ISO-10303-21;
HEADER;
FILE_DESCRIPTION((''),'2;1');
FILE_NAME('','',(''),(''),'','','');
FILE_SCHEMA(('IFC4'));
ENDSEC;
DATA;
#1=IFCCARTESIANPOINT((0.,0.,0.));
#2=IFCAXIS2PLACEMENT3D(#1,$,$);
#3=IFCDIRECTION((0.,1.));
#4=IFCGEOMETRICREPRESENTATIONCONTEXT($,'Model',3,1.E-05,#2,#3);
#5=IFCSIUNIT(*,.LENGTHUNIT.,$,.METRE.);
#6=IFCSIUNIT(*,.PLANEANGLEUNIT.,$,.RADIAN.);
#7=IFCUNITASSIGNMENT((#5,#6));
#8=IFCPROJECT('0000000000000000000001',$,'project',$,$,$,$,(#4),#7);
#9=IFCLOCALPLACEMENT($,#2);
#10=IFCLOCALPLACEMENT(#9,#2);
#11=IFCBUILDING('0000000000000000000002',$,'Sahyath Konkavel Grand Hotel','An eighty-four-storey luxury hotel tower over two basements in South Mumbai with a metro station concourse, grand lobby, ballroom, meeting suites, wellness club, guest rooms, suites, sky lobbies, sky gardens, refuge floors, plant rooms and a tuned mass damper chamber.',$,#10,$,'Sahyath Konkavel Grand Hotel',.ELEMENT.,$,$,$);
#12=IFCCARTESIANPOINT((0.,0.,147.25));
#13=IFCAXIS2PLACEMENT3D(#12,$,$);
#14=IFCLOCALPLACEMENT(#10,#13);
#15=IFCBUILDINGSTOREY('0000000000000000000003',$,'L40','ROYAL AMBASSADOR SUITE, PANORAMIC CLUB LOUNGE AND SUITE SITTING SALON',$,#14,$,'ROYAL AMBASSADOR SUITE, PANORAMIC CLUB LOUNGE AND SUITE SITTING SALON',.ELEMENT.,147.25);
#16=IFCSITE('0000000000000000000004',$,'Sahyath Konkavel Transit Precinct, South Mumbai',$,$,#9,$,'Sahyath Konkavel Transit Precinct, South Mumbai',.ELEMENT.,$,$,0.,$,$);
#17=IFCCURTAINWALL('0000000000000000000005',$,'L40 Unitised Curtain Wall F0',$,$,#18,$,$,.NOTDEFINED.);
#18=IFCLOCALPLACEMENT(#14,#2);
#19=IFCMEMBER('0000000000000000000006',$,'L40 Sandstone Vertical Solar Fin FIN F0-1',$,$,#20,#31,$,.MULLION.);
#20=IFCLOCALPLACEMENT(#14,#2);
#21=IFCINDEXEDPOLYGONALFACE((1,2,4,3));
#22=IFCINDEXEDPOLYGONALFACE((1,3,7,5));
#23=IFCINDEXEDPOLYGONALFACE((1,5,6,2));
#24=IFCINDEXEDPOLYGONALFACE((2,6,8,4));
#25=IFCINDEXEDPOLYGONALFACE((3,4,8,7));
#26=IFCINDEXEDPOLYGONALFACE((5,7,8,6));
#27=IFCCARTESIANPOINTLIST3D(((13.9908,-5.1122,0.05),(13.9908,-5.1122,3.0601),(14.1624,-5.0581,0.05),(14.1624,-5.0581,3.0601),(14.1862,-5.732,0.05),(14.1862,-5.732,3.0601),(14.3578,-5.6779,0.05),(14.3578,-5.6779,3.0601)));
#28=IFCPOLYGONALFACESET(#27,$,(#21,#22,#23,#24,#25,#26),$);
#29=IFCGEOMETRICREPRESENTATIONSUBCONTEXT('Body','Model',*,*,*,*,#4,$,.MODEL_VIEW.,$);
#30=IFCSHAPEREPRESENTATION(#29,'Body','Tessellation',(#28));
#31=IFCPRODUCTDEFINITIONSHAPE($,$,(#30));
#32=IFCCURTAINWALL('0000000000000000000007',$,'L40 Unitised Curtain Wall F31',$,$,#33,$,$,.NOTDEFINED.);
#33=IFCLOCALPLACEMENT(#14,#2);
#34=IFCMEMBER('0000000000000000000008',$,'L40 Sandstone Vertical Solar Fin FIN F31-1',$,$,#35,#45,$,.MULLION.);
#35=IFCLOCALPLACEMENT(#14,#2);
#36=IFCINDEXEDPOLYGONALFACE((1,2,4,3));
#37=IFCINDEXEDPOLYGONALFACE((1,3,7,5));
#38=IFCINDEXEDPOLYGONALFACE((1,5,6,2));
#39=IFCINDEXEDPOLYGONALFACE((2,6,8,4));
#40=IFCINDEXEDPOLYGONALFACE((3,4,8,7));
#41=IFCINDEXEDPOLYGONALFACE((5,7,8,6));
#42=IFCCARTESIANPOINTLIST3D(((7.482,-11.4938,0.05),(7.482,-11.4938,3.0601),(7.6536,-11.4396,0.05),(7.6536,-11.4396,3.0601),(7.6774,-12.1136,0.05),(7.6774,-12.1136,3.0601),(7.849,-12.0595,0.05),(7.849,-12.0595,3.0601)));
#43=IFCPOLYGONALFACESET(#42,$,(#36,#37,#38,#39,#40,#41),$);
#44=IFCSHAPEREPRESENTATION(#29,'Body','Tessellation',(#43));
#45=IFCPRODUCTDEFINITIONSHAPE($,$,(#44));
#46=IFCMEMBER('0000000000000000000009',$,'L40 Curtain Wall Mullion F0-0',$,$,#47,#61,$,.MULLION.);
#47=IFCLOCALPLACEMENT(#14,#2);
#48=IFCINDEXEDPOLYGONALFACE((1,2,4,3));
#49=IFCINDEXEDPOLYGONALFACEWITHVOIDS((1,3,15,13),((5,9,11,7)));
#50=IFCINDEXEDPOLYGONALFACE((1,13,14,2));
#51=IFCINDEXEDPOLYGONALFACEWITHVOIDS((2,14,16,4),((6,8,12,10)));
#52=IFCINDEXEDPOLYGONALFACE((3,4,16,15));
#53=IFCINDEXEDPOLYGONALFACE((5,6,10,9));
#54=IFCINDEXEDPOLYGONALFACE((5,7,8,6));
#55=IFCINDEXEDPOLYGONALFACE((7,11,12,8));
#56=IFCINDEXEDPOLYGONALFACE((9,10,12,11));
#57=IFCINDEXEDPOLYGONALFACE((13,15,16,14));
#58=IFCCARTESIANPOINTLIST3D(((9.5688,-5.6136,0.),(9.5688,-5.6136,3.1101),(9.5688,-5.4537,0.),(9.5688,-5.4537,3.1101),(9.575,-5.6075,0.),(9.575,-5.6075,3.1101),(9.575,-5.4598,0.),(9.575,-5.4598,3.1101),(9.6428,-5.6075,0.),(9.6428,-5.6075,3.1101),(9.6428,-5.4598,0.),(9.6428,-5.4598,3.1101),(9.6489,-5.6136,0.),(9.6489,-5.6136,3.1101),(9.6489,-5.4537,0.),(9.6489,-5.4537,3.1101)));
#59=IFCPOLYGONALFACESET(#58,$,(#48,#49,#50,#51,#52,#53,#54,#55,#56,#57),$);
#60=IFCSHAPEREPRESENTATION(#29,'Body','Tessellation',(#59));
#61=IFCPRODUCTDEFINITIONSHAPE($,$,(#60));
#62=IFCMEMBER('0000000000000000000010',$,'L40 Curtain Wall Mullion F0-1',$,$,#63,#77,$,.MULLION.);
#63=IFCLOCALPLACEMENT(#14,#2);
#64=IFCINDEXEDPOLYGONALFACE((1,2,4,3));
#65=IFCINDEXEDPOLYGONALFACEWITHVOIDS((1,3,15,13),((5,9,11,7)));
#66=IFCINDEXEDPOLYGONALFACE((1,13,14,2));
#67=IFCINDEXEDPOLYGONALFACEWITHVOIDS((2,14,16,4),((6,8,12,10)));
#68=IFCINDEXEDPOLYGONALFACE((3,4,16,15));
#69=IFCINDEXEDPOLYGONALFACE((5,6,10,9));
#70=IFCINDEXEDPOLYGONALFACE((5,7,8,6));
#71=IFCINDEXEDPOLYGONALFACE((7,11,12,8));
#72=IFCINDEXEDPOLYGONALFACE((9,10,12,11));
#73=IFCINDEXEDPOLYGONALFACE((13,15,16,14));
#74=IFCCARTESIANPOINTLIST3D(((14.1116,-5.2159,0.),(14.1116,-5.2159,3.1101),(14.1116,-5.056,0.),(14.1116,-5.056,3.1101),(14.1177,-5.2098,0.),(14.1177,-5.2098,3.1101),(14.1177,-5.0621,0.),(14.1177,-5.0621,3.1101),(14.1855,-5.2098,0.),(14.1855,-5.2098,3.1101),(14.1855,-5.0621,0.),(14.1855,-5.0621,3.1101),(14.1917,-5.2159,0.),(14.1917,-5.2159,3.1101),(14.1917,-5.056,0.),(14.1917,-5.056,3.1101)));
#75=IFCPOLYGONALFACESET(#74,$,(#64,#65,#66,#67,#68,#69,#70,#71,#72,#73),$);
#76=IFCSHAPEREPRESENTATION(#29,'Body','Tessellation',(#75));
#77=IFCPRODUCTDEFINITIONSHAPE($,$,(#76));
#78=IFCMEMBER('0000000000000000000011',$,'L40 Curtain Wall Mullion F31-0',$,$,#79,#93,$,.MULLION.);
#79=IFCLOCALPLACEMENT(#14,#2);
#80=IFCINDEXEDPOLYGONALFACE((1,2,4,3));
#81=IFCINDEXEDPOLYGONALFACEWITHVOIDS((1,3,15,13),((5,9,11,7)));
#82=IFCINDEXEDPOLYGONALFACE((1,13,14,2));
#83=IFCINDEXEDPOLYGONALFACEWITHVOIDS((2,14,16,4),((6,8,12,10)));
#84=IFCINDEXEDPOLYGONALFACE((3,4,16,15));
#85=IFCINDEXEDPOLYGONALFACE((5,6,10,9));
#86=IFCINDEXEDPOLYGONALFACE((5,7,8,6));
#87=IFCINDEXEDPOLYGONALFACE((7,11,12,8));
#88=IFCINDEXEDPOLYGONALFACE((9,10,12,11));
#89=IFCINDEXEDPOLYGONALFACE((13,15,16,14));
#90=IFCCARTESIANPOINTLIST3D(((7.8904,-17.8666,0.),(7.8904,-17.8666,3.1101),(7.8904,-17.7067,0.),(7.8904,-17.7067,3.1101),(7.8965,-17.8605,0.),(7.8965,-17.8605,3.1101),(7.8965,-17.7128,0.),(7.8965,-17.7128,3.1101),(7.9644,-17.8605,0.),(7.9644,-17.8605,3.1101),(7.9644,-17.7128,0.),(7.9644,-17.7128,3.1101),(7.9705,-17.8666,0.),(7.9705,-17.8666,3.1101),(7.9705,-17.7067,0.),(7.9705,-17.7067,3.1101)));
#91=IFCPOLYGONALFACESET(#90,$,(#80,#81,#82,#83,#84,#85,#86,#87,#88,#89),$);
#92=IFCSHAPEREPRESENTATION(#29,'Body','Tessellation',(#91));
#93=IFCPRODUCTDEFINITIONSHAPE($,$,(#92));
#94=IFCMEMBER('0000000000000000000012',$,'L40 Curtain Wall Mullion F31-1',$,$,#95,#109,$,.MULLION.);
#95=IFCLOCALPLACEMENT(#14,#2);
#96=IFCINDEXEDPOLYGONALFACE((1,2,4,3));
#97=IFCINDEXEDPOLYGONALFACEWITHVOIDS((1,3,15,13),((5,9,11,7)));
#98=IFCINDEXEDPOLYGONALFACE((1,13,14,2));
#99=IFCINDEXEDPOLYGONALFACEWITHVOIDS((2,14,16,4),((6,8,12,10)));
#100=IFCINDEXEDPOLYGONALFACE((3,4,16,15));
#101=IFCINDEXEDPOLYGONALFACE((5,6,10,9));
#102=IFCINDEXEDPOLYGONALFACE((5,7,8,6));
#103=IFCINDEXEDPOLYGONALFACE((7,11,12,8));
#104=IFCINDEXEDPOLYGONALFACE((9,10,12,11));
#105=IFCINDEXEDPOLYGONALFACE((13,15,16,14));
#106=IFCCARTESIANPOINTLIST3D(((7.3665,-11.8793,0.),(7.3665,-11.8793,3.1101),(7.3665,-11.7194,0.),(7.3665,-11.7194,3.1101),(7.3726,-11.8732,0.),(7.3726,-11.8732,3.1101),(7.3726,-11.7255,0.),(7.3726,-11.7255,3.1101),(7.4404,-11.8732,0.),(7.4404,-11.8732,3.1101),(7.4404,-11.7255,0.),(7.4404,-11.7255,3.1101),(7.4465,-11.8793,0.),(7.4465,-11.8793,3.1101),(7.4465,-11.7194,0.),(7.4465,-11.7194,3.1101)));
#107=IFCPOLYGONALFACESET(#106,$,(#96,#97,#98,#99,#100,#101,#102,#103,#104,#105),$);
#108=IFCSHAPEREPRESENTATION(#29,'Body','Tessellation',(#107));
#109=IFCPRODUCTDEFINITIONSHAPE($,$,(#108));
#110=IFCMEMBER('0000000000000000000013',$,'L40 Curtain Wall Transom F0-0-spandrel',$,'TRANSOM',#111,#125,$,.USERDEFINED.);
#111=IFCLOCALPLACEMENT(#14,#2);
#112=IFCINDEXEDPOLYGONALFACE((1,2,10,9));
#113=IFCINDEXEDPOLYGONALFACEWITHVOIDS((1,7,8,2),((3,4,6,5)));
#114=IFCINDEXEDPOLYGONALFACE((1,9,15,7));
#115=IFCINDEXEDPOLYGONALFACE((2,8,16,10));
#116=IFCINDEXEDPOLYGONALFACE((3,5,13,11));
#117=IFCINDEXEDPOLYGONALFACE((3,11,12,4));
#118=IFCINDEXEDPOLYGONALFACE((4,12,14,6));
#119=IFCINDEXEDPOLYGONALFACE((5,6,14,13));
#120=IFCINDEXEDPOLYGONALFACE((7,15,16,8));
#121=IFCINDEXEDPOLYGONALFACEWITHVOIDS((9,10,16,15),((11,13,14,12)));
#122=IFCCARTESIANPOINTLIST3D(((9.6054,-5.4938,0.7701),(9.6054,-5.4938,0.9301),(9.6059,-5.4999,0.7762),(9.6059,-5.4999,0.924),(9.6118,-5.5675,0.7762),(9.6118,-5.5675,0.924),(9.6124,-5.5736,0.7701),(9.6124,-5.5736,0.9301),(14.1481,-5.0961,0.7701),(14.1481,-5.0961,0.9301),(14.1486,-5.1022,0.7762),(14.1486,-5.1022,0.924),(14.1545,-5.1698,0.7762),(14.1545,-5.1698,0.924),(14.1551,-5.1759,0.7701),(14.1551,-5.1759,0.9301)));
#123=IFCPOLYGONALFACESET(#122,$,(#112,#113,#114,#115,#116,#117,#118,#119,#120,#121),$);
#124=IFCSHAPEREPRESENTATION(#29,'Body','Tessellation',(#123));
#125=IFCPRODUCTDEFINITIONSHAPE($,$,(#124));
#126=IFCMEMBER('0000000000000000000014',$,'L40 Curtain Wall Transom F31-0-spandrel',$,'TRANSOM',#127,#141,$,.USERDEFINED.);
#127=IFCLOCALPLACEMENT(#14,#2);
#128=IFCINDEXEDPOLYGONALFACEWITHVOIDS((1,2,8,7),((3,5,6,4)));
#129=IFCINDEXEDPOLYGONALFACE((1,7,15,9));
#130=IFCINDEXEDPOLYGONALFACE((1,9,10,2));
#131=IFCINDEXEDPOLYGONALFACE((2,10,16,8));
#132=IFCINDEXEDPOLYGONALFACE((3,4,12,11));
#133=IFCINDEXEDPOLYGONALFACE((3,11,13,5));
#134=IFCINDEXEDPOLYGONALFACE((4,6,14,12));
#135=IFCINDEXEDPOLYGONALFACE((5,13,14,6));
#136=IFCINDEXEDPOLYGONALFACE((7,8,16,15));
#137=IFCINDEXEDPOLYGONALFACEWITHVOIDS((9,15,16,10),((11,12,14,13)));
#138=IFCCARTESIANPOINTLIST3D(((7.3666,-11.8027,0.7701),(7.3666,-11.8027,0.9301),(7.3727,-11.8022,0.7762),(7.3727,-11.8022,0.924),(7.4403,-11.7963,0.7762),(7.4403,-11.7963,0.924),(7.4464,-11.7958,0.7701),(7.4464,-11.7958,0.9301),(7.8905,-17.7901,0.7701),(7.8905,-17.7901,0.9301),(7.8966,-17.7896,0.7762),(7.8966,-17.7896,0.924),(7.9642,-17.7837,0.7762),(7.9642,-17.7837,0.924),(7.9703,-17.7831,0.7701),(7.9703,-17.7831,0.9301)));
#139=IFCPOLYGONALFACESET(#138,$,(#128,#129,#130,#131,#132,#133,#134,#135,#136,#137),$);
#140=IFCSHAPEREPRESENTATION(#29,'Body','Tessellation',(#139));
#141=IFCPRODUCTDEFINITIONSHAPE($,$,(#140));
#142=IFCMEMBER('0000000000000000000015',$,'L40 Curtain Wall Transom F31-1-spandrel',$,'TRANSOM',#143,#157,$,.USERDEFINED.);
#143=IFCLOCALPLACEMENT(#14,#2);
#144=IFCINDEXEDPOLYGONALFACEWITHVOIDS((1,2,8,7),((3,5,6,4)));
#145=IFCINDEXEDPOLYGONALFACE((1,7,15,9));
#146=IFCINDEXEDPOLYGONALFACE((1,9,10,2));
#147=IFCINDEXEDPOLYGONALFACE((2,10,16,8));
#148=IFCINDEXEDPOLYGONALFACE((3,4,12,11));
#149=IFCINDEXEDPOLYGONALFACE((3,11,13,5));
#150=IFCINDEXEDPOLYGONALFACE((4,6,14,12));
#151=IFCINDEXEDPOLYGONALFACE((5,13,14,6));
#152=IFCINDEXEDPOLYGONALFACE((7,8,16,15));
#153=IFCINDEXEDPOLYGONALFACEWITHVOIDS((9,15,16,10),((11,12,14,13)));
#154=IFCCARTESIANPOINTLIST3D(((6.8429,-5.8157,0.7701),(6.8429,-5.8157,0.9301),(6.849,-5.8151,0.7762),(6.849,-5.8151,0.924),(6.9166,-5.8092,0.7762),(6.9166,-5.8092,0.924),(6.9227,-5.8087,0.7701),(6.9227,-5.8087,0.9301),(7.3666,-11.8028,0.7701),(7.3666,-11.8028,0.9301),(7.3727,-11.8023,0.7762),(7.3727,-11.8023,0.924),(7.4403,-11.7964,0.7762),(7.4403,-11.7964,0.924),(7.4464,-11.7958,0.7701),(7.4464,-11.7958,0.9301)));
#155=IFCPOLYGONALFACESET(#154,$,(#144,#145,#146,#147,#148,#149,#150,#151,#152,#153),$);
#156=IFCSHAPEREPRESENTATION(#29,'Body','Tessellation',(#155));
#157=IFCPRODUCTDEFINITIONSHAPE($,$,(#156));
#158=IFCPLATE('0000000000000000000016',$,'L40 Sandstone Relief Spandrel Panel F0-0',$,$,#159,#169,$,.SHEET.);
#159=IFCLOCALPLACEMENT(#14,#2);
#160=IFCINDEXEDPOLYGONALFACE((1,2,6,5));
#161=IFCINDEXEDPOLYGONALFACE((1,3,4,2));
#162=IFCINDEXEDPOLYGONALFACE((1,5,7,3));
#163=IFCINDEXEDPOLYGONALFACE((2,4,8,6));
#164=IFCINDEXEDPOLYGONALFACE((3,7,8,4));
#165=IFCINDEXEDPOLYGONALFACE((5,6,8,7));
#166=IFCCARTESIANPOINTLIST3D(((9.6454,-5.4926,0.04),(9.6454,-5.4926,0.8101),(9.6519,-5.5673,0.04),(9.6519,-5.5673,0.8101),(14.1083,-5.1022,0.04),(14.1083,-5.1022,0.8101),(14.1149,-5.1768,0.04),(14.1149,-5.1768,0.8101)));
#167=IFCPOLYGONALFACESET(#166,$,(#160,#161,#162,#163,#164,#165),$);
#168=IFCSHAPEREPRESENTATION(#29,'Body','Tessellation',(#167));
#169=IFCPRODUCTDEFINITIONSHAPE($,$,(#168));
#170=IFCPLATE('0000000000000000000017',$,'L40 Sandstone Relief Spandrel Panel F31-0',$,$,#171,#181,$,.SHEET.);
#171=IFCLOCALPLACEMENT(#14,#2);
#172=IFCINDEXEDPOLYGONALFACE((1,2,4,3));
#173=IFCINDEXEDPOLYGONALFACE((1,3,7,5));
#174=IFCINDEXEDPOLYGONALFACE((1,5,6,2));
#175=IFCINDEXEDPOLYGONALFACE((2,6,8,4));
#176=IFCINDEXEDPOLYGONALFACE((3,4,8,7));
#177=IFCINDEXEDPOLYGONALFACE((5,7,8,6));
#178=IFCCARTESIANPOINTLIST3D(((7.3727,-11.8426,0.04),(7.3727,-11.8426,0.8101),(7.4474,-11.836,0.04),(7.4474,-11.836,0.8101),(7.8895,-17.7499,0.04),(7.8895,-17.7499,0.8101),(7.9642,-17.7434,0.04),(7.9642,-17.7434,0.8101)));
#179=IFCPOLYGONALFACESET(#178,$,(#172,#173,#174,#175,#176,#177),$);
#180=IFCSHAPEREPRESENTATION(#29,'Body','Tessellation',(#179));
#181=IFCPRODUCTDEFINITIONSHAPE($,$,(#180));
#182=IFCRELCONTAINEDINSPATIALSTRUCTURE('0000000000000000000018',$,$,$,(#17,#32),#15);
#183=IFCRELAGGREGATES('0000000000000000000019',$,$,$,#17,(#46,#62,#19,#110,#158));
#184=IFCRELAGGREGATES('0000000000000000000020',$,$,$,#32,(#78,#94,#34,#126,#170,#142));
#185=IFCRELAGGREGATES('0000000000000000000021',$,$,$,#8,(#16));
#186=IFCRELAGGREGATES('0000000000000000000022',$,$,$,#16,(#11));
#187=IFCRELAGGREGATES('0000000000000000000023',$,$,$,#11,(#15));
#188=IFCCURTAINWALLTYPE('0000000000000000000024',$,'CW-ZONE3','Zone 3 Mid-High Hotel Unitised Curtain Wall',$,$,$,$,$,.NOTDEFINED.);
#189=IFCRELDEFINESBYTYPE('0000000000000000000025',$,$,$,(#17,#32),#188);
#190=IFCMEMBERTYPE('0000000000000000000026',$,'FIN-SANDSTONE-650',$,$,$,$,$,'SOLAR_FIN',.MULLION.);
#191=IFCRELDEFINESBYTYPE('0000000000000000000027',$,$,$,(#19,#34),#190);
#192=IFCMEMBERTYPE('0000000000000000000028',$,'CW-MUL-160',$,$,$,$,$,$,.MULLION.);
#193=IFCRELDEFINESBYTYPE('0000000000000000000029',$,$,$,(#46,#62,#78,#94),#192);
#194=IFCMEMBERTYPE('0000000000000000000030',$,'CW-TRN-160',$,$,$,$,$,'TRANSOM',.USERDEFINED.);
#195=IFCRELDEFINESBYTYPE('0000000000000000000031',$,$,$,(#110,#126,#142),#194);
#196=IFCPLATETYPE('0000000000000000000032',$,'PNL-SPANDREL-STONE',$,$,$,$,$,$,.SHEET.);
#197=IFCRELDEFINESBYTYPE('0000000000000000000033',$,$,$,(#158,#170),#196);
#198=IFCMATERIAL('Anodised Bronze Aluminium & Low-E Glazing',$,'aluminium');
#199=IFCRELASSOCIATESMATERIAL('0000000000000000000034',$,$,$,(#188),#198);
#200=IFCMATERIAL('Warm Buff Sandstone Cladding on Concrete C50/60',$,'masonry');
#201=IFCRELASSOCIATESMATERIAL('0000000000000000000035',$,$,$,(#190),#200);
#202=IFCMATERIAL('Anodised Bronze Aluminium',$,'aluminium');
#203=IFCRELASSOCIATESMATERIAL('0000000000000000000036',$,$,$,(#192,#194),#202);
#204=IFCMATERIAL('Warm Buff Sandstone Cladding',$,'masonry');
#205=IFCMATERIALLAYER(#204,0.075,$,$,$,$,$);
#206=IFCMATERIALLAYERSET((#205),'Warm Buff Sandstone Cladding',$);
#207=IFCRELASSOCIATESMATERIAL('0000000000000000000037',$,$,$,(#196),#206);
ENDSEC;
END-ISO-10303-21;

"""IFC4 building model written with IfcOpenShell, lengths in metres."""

from ifc_helpers import new_model, si_unit, direction, frame, origin, origin_2d, place, context, subcontext, project, spatial, rectangle, hollow_rectangle, extrude, source, transform, mapped, material, layer, layer_set, material_profile, profile_set, type_object, element, aggregate, save


model = new_model("IFC4")

# Units and contexts
model_context = context("Model", 3, precision=1e-05, world=origin(), true_north=direction((0.0, 1.0)))
body_context = subcontext(model_context, "Body", "Model", "MODEL_VIEW")
ifc_project = project(units=[si_unit("LENGTHUNIT", "METRE"), si_unit("PLANEANGLEUNIT", "RADIAN")], contexts=[model_context])

# Site, building, storey
site_placement = place(None, origin())
site = spatial("IfcSite", under=ifc_project, at=site_placement, Name="Sahyath Konkavel Transit Precinct, South Mumbai", LongName="Sahyath Konkavel Transit Precinct, South Mumbai", CompositionType="ELEMENT", RefElevation=0.0)
building_placement = place(site_placement, origin())
building = spatial("IfcBuilding", under=site, at=building_placement, Name="Sahyath Konkavel Grand Hotel", Description="An eighty-four-storey luxury hotel tower over two basements in South Mumbai with a metro station concourse, grand lobby, ballroom, meeting suites, wellness club, guest rooms, suites, sky lobbies, sky gardens, refuge floors, plant rooms and a tuned mass damper chamber.", LongName="Sahyath Konkavel Grand Hotel", CompositionType="ELEMENT")
storey_placement = place(building_placement, frame((0.0, 0.0, 147.25)))
storey = spatial("IfcBuildingStorey", under=building, at=storey_placement, Name="L40", Description="ROYAL AMBASSADOR SUITE, PANORAMIC CLUB LOUNGE AND SUITE SITTING SALON", LongName="ROYAL AMBASSADOR SUITE, PANORAMIC CLUB LOUNGE AND SUITE SITTING SALON", CompositionType="ELEMENT", Elevation=147.25)

# Curtain walls, members
ifc_material_1 = material(Name="Anodised Bronze Aluminium & Low-E Glazing", Category="aluminium")
curtain_wall_type = type_object("IfcCurtainWallType", Name="CW-ZONE3", Description="Zone 3 Mid-High Hotel Unitised Curtain Wall", PredefinedType="NOTDEFINED", material=ifc_material_1)
curtain_wall_1_placement = place(storey_placement, origin())
curtain_wall_1 = element("IfcCurtainWall", 1, at=curtain_wall_1_placement, inside=storey, type_object=curtain_wall_type, Name="L40 Unitised Curtain Wall F0", PredefinedType="NOTDEFINED")
ifc_material_2 = material(Name="Warm Buff Sandstone Cladding on Concrete C50/60", Category="masonry")
ifc_material_profile_1 = material_profile(ifc_material_2, rectangle(XDim=0.1799, YDim=0.6499, at=origin_2d()), Name="FIN 180x650")
ifc_profile_set_1 = profile_set([ifc_material_profile_1], Name="Warm Buff Sandstone Cladding on Concrete C50/60")
member_type_1 = type_object("IfcMemberType", Name="FIN-SANDSTONE-650", ElementType="SOLAR_FIN", PredefinedType="MULLION", material=ifc_profile_set_1)
shared_shape_1 = source(origin(), body_context, "Body", "SweptSolid", [
    extrude(rectangle(XDim=0.1799, YDim=0.6499, at=origin_2d()), origin(), (0.0, 0.0, 1.0), 3.01),
])
member_1_placement = place(storey_placement, frame((14.1743, -5.395, 0.05), z_axis=(0.0, 0.0, 1.0), x_axis=(0.953717, 0.300706, 0.0)))
member_1 = element("IfcMember", 2, at=member_1_placement, type_object=member_type_1, Name="L40 Sandstone Vertical Solar Fin FIN F0-1", PredefinedType="MULLION", context=body_context, shape_type="MappedRepresentation", body=[
    mapped(shared_shape_1, transform((0.0, 0.0, 0.0), scale=1.0)),
])
curtain_wall_2_placement = place(storey_placement, origin())
curtain_wall_2 = element("IfcCurtainWall", 3, at=curtain_wall_2_placement, inside=storey, type_object=curtain_wall_type, Name="L40 Unitised Curtain Wall F31", PredefinedType="NOTDEFINED")
member_2_placement = place(storey_placement, frame((7.6655, -11.7766, 0.05), z_axis=(0.0, 0.0, 1.0), x_axis=(0.953717, 0.300706, 0.0)))
member_2 = element("IfcMember", 4, at=member_2_placement, type_object=member_type_1, Name="L40 Sandstone Vertical Solar Fin FIN F31-1", PredefinedType="MULLION", context=body_context, shape_type="MappedRepresentation", body=[
    mapped(shared_shape_1, transform((0.0, 0.0, 0.0), scale=1.0)),
])

# Members
ifc_material_3 = material(Name="Anodised Bronze Aluminium", Category="aluminium")
ifc_material_profile_2 = material_profile(ifc_material_3, hollow_rectangle(XDim=0.0801, YDim=0.1599, WallThickness=0.0061, at=origin_2d()), Name="RHS 160x80x6")
ifc_profile_set_2 = profile_set([ifc_material_profile_2], Name="Anodised Bronze Aluminium")
member_type_2 = type_object("IfcMemberType", Name="CW-MUL-160", PredefinedType="MULLION", material=ifc_profile_set_2)
shared_shape_2 = source(origin(), body_context, "Body", "SweptSolid", [
    extrude(hollow_rectangle(XDim=0.0801, YDim=0.1599, WallThickness=0.0061, at=origin_2d()), origin(), (0.0, 0.0, 1.0), 3.1101),
])
member_3_placement = place(storey_placement, frame((9.6089, -5.5337, 0.0), z_axis=(0.0, 0.0, 1.0), x_axis=(1.0, 0.0, 0.0)))
member_3 = element("IfcMember", 5, at=member_3_placement, type_object=member_type_2, Name="L40 Curtain Wall Mullion F0-0", PredefinedType="MULLION", context=body_context, shape_type="MappedRepresentation", body=[
    mapped(shared_shape_2, transform((0.0, 0.0, 0.0), scale=1.0)),
])
member_4_placement = place(storey_placement, frame((14.1516, -5.136, 0.0), z_axis=(0.0, 0.0, 1.0), x_axis=(1.0, 0.0, 0.0)))
member_4 = element("IfcMember", 6, at=member_4_placement, type_object=member_type_2, Name="L40 Curtain Wall Mullion F0-1", PredefinedType="MULLION", context=body_context, shape_type="MappedRepresentation", body=[
    mapped(shared_shape_2, transform((0.0, 0.0, 0.0), scale=1.0)),
])
member_5_placement = place(storey_placement, frame((7.9304, -17.7866, 0.0), z_axis=(0.0, 0.0, 1.0), x_axis=(1.0, 0.0, 0.0)))
member_5 = element("IfcMember", 7, at=member_5_placement, type_object=member_type_2, Name="L40 Curtain Wall Mullion F31-0", PredefinedType="MULLION", context=body_context, shape_type="MappedRepresentation", body=[
    mapped(shared_shape_2, transform((0.0, 0.0, 0.0), scale=1.0)),
])
member_6_placement = place(storey_placement, frame((7.4065, -11.7993, 0.0), z_axis=(0.0, 0.0, 1.0), x_axis=(1.0, 0.0, 0.0)))
member_6 = element("IfcMember", 8, at=member_6_placement, type_object=member_type_2, Name="L40 Curtain Wall Mullion F31-1", PredefinedType="MULLION", context=body_context, shape_type="MappedRepresentation", body=[
    mapped(shared_shape_2, transform((0.0, 0.0, 0.0), scale=1.0)),
])
ifc_material_profile_3 = material_profile(ifc_material_3, hollow_rectangle(XDim=0.0801, YDim=0.1599, WallThickness=0.0061, at=origin_2d()), Name="RHS 160x80x6")
ifc_profile_set_3 = profile_set([ifc_material_profile_3], Name="Anodised Bronze Aluminium")
member_type_3 = type_object("IfcMemberType", Name="CW-TRN-160", ElementType="TRANSOM", PredefinedType="USERDEFINED", material=ifc_profile_set_3)
shared_shape_3 = source(origin(), body_context, "Body", "SweptSolid", [
    extrude(hollow_rectangle(XDim=0.0801, YDim=0.1599, WallThickness=0.0061, at=origin_2d()), origin(), (0.0, 0.0, 1.0), 4.5601),
])
member_7_placement = place(storey_placement, frame((9.6089, -5.5337, 0.8501), z_axis=(0.99619, 0.087214, 0.0), x_axis=(-0.087214, 0.99619, 0.0)))
member_7 = element("IfcMember", 9, at=member_7_placement, type_object=member_type_3, Name="L40 Curtain Wall Transom F0-0-spandrel", ObjectType="TRANSOM", PredefinedType="USERDEFINED", context=body_context, shape_type="MappedRepresentation", body=[
    mapped(shared_shape_3, transform((0.0, 0.0, 0.0), scale=1.0)),
])
shared_shape_4 = source(origin(), body_context, "Body", "SweptSolid", [
    extrude(hollow_rectangle(XDim=0.0801, YDim=0.1599, WallThickness=0.0061, at=origin_2d()), origin(), (0.0, 0.0, 1.0), 6.0103),
])
member_8_placement = place(storey_placement, frame((7.9304, -17.7866, 0.8501), z_axis=(-0.087173, 0.996193, 0.0), x_axis=(-0.996193, -0.087173, 0.0)))
member_8 = element("IfcMember", 10, at=member_8_placement, type_object=member_type_3, Name="L40 Curtain Wall Transom F31-0-spandrel", ObjectType="TRANSOM", PredefinedType="USERDEFINED", context=body_context, shape_type="MappedRepresentation", body=[
    mapped(shared_shape_4, transform((0.0, 0.0, 0.0), scale=1.0)),
])
shared_shape_5 = source(origin(), body_context, "Body", "SweptSolid", [
    extrude(hollow_rectangle(XDim=0.0801, YDim=0.1599, WallThickness=0.0061, at=origin_2d()), origin(), (0.0, 0.0, 1.0), 6.01),
])
member_9_placement = place(storey_placement, frame((7.4065, -11.7993, 0.8501), z_axis=(-0.087136, 0.996196, 0.0), x_axis=(-0.996196, -0.087136, 0.0)))
member_9 = element("IfcMember", 11, at=member_9_placement, type_object=member_type_3, Name="L40 Curtain Wall Transom F31-1-spandrel", ObjectType="TRANSOM", PredefinedType="USERDEFINED", context=body_context, shape_type="MappedRepresentation", body=[
    mapped(shared_shape_5, transform((0.0, 0.0, 0.0), scale=1.0)),
])

# Plates
ifc_material_4 = material(Name="Warm Buff Sandstone Cladding", Category="masonry")
ifc_layer_1 = layer(ifc_material_4, 0.075)
ifc_layer_set_1 = layer_set([ifc_layer_1], Name="Warm Buff Sandstone Cladding")
plate_type_1 = type_object("IfcPlateType", Name="PNL-SPANDREL-STONE", PredefinedType="SHEET", material=ifc_layer_set_1)
shared_shape_6 = source(origin(), body_context, "Body", "SweptSolid", [
    extrude(rectangle(XDim=4.48, YDim=0.075, at=origin_2d()), origin(), (0.0, 0.0, 1.0), 0.77),
])
plate_1_placement = place(storey_placement, frame((11.8801, -5.3347, 0.04), z_axis=(0.0, 0.0, 1.0), x_axis=(0.996195, 0.087156, 0.0)))
plate_1 = element("IfcPlate", 12, at=plate_1_placement, type_object=plate_type_1, Name="L40 Sandstone Relief Spandrel Panel F0-0", PredefinedType="SHEET", context=body_context, shape_type="MappedRepresentation", body=[
    mapped(shared_shape_6, transform((0.0, 0.0, 0.0), scale=1.0)),
])
shared_shape_7 = source(origin(), body_context, "Body", "SweptSolid", [
    extrude(rectangle(XDim=5.9299, YDim=0.075, at=origin_2d()), origin(), (0.0, 0.0, 1.0), 0.77),
])
plate_2_placement = place(storey_placement, frame((7.6685, -14.793, 0.04), z_axis=(0.0, 0.0, 1.0), x_axis=(-0.087156, 0.996195, 0.0)))
plate_2 = element("IfcPlate", 13, at=plate_2_placement, type_object=plate_type_1, Name="L40 Sandstone Relief Spandrel Panel F31-0", PredefinedType="SHEET", context=body_context, shape_type="MappedRepresentation", body=[
    mapped(shared_shape_7, transform((0.0, 0.0, 0.0), scale=1.0)),
])
aggregate(curtain_wall_1, [member_3, member_4, member_1, member_7, plate_1])
aggregate(curtain_wall_2, [member_5, member_6, member_2, member_8, plate_2, member_9])

save(model, "model.ifc")
